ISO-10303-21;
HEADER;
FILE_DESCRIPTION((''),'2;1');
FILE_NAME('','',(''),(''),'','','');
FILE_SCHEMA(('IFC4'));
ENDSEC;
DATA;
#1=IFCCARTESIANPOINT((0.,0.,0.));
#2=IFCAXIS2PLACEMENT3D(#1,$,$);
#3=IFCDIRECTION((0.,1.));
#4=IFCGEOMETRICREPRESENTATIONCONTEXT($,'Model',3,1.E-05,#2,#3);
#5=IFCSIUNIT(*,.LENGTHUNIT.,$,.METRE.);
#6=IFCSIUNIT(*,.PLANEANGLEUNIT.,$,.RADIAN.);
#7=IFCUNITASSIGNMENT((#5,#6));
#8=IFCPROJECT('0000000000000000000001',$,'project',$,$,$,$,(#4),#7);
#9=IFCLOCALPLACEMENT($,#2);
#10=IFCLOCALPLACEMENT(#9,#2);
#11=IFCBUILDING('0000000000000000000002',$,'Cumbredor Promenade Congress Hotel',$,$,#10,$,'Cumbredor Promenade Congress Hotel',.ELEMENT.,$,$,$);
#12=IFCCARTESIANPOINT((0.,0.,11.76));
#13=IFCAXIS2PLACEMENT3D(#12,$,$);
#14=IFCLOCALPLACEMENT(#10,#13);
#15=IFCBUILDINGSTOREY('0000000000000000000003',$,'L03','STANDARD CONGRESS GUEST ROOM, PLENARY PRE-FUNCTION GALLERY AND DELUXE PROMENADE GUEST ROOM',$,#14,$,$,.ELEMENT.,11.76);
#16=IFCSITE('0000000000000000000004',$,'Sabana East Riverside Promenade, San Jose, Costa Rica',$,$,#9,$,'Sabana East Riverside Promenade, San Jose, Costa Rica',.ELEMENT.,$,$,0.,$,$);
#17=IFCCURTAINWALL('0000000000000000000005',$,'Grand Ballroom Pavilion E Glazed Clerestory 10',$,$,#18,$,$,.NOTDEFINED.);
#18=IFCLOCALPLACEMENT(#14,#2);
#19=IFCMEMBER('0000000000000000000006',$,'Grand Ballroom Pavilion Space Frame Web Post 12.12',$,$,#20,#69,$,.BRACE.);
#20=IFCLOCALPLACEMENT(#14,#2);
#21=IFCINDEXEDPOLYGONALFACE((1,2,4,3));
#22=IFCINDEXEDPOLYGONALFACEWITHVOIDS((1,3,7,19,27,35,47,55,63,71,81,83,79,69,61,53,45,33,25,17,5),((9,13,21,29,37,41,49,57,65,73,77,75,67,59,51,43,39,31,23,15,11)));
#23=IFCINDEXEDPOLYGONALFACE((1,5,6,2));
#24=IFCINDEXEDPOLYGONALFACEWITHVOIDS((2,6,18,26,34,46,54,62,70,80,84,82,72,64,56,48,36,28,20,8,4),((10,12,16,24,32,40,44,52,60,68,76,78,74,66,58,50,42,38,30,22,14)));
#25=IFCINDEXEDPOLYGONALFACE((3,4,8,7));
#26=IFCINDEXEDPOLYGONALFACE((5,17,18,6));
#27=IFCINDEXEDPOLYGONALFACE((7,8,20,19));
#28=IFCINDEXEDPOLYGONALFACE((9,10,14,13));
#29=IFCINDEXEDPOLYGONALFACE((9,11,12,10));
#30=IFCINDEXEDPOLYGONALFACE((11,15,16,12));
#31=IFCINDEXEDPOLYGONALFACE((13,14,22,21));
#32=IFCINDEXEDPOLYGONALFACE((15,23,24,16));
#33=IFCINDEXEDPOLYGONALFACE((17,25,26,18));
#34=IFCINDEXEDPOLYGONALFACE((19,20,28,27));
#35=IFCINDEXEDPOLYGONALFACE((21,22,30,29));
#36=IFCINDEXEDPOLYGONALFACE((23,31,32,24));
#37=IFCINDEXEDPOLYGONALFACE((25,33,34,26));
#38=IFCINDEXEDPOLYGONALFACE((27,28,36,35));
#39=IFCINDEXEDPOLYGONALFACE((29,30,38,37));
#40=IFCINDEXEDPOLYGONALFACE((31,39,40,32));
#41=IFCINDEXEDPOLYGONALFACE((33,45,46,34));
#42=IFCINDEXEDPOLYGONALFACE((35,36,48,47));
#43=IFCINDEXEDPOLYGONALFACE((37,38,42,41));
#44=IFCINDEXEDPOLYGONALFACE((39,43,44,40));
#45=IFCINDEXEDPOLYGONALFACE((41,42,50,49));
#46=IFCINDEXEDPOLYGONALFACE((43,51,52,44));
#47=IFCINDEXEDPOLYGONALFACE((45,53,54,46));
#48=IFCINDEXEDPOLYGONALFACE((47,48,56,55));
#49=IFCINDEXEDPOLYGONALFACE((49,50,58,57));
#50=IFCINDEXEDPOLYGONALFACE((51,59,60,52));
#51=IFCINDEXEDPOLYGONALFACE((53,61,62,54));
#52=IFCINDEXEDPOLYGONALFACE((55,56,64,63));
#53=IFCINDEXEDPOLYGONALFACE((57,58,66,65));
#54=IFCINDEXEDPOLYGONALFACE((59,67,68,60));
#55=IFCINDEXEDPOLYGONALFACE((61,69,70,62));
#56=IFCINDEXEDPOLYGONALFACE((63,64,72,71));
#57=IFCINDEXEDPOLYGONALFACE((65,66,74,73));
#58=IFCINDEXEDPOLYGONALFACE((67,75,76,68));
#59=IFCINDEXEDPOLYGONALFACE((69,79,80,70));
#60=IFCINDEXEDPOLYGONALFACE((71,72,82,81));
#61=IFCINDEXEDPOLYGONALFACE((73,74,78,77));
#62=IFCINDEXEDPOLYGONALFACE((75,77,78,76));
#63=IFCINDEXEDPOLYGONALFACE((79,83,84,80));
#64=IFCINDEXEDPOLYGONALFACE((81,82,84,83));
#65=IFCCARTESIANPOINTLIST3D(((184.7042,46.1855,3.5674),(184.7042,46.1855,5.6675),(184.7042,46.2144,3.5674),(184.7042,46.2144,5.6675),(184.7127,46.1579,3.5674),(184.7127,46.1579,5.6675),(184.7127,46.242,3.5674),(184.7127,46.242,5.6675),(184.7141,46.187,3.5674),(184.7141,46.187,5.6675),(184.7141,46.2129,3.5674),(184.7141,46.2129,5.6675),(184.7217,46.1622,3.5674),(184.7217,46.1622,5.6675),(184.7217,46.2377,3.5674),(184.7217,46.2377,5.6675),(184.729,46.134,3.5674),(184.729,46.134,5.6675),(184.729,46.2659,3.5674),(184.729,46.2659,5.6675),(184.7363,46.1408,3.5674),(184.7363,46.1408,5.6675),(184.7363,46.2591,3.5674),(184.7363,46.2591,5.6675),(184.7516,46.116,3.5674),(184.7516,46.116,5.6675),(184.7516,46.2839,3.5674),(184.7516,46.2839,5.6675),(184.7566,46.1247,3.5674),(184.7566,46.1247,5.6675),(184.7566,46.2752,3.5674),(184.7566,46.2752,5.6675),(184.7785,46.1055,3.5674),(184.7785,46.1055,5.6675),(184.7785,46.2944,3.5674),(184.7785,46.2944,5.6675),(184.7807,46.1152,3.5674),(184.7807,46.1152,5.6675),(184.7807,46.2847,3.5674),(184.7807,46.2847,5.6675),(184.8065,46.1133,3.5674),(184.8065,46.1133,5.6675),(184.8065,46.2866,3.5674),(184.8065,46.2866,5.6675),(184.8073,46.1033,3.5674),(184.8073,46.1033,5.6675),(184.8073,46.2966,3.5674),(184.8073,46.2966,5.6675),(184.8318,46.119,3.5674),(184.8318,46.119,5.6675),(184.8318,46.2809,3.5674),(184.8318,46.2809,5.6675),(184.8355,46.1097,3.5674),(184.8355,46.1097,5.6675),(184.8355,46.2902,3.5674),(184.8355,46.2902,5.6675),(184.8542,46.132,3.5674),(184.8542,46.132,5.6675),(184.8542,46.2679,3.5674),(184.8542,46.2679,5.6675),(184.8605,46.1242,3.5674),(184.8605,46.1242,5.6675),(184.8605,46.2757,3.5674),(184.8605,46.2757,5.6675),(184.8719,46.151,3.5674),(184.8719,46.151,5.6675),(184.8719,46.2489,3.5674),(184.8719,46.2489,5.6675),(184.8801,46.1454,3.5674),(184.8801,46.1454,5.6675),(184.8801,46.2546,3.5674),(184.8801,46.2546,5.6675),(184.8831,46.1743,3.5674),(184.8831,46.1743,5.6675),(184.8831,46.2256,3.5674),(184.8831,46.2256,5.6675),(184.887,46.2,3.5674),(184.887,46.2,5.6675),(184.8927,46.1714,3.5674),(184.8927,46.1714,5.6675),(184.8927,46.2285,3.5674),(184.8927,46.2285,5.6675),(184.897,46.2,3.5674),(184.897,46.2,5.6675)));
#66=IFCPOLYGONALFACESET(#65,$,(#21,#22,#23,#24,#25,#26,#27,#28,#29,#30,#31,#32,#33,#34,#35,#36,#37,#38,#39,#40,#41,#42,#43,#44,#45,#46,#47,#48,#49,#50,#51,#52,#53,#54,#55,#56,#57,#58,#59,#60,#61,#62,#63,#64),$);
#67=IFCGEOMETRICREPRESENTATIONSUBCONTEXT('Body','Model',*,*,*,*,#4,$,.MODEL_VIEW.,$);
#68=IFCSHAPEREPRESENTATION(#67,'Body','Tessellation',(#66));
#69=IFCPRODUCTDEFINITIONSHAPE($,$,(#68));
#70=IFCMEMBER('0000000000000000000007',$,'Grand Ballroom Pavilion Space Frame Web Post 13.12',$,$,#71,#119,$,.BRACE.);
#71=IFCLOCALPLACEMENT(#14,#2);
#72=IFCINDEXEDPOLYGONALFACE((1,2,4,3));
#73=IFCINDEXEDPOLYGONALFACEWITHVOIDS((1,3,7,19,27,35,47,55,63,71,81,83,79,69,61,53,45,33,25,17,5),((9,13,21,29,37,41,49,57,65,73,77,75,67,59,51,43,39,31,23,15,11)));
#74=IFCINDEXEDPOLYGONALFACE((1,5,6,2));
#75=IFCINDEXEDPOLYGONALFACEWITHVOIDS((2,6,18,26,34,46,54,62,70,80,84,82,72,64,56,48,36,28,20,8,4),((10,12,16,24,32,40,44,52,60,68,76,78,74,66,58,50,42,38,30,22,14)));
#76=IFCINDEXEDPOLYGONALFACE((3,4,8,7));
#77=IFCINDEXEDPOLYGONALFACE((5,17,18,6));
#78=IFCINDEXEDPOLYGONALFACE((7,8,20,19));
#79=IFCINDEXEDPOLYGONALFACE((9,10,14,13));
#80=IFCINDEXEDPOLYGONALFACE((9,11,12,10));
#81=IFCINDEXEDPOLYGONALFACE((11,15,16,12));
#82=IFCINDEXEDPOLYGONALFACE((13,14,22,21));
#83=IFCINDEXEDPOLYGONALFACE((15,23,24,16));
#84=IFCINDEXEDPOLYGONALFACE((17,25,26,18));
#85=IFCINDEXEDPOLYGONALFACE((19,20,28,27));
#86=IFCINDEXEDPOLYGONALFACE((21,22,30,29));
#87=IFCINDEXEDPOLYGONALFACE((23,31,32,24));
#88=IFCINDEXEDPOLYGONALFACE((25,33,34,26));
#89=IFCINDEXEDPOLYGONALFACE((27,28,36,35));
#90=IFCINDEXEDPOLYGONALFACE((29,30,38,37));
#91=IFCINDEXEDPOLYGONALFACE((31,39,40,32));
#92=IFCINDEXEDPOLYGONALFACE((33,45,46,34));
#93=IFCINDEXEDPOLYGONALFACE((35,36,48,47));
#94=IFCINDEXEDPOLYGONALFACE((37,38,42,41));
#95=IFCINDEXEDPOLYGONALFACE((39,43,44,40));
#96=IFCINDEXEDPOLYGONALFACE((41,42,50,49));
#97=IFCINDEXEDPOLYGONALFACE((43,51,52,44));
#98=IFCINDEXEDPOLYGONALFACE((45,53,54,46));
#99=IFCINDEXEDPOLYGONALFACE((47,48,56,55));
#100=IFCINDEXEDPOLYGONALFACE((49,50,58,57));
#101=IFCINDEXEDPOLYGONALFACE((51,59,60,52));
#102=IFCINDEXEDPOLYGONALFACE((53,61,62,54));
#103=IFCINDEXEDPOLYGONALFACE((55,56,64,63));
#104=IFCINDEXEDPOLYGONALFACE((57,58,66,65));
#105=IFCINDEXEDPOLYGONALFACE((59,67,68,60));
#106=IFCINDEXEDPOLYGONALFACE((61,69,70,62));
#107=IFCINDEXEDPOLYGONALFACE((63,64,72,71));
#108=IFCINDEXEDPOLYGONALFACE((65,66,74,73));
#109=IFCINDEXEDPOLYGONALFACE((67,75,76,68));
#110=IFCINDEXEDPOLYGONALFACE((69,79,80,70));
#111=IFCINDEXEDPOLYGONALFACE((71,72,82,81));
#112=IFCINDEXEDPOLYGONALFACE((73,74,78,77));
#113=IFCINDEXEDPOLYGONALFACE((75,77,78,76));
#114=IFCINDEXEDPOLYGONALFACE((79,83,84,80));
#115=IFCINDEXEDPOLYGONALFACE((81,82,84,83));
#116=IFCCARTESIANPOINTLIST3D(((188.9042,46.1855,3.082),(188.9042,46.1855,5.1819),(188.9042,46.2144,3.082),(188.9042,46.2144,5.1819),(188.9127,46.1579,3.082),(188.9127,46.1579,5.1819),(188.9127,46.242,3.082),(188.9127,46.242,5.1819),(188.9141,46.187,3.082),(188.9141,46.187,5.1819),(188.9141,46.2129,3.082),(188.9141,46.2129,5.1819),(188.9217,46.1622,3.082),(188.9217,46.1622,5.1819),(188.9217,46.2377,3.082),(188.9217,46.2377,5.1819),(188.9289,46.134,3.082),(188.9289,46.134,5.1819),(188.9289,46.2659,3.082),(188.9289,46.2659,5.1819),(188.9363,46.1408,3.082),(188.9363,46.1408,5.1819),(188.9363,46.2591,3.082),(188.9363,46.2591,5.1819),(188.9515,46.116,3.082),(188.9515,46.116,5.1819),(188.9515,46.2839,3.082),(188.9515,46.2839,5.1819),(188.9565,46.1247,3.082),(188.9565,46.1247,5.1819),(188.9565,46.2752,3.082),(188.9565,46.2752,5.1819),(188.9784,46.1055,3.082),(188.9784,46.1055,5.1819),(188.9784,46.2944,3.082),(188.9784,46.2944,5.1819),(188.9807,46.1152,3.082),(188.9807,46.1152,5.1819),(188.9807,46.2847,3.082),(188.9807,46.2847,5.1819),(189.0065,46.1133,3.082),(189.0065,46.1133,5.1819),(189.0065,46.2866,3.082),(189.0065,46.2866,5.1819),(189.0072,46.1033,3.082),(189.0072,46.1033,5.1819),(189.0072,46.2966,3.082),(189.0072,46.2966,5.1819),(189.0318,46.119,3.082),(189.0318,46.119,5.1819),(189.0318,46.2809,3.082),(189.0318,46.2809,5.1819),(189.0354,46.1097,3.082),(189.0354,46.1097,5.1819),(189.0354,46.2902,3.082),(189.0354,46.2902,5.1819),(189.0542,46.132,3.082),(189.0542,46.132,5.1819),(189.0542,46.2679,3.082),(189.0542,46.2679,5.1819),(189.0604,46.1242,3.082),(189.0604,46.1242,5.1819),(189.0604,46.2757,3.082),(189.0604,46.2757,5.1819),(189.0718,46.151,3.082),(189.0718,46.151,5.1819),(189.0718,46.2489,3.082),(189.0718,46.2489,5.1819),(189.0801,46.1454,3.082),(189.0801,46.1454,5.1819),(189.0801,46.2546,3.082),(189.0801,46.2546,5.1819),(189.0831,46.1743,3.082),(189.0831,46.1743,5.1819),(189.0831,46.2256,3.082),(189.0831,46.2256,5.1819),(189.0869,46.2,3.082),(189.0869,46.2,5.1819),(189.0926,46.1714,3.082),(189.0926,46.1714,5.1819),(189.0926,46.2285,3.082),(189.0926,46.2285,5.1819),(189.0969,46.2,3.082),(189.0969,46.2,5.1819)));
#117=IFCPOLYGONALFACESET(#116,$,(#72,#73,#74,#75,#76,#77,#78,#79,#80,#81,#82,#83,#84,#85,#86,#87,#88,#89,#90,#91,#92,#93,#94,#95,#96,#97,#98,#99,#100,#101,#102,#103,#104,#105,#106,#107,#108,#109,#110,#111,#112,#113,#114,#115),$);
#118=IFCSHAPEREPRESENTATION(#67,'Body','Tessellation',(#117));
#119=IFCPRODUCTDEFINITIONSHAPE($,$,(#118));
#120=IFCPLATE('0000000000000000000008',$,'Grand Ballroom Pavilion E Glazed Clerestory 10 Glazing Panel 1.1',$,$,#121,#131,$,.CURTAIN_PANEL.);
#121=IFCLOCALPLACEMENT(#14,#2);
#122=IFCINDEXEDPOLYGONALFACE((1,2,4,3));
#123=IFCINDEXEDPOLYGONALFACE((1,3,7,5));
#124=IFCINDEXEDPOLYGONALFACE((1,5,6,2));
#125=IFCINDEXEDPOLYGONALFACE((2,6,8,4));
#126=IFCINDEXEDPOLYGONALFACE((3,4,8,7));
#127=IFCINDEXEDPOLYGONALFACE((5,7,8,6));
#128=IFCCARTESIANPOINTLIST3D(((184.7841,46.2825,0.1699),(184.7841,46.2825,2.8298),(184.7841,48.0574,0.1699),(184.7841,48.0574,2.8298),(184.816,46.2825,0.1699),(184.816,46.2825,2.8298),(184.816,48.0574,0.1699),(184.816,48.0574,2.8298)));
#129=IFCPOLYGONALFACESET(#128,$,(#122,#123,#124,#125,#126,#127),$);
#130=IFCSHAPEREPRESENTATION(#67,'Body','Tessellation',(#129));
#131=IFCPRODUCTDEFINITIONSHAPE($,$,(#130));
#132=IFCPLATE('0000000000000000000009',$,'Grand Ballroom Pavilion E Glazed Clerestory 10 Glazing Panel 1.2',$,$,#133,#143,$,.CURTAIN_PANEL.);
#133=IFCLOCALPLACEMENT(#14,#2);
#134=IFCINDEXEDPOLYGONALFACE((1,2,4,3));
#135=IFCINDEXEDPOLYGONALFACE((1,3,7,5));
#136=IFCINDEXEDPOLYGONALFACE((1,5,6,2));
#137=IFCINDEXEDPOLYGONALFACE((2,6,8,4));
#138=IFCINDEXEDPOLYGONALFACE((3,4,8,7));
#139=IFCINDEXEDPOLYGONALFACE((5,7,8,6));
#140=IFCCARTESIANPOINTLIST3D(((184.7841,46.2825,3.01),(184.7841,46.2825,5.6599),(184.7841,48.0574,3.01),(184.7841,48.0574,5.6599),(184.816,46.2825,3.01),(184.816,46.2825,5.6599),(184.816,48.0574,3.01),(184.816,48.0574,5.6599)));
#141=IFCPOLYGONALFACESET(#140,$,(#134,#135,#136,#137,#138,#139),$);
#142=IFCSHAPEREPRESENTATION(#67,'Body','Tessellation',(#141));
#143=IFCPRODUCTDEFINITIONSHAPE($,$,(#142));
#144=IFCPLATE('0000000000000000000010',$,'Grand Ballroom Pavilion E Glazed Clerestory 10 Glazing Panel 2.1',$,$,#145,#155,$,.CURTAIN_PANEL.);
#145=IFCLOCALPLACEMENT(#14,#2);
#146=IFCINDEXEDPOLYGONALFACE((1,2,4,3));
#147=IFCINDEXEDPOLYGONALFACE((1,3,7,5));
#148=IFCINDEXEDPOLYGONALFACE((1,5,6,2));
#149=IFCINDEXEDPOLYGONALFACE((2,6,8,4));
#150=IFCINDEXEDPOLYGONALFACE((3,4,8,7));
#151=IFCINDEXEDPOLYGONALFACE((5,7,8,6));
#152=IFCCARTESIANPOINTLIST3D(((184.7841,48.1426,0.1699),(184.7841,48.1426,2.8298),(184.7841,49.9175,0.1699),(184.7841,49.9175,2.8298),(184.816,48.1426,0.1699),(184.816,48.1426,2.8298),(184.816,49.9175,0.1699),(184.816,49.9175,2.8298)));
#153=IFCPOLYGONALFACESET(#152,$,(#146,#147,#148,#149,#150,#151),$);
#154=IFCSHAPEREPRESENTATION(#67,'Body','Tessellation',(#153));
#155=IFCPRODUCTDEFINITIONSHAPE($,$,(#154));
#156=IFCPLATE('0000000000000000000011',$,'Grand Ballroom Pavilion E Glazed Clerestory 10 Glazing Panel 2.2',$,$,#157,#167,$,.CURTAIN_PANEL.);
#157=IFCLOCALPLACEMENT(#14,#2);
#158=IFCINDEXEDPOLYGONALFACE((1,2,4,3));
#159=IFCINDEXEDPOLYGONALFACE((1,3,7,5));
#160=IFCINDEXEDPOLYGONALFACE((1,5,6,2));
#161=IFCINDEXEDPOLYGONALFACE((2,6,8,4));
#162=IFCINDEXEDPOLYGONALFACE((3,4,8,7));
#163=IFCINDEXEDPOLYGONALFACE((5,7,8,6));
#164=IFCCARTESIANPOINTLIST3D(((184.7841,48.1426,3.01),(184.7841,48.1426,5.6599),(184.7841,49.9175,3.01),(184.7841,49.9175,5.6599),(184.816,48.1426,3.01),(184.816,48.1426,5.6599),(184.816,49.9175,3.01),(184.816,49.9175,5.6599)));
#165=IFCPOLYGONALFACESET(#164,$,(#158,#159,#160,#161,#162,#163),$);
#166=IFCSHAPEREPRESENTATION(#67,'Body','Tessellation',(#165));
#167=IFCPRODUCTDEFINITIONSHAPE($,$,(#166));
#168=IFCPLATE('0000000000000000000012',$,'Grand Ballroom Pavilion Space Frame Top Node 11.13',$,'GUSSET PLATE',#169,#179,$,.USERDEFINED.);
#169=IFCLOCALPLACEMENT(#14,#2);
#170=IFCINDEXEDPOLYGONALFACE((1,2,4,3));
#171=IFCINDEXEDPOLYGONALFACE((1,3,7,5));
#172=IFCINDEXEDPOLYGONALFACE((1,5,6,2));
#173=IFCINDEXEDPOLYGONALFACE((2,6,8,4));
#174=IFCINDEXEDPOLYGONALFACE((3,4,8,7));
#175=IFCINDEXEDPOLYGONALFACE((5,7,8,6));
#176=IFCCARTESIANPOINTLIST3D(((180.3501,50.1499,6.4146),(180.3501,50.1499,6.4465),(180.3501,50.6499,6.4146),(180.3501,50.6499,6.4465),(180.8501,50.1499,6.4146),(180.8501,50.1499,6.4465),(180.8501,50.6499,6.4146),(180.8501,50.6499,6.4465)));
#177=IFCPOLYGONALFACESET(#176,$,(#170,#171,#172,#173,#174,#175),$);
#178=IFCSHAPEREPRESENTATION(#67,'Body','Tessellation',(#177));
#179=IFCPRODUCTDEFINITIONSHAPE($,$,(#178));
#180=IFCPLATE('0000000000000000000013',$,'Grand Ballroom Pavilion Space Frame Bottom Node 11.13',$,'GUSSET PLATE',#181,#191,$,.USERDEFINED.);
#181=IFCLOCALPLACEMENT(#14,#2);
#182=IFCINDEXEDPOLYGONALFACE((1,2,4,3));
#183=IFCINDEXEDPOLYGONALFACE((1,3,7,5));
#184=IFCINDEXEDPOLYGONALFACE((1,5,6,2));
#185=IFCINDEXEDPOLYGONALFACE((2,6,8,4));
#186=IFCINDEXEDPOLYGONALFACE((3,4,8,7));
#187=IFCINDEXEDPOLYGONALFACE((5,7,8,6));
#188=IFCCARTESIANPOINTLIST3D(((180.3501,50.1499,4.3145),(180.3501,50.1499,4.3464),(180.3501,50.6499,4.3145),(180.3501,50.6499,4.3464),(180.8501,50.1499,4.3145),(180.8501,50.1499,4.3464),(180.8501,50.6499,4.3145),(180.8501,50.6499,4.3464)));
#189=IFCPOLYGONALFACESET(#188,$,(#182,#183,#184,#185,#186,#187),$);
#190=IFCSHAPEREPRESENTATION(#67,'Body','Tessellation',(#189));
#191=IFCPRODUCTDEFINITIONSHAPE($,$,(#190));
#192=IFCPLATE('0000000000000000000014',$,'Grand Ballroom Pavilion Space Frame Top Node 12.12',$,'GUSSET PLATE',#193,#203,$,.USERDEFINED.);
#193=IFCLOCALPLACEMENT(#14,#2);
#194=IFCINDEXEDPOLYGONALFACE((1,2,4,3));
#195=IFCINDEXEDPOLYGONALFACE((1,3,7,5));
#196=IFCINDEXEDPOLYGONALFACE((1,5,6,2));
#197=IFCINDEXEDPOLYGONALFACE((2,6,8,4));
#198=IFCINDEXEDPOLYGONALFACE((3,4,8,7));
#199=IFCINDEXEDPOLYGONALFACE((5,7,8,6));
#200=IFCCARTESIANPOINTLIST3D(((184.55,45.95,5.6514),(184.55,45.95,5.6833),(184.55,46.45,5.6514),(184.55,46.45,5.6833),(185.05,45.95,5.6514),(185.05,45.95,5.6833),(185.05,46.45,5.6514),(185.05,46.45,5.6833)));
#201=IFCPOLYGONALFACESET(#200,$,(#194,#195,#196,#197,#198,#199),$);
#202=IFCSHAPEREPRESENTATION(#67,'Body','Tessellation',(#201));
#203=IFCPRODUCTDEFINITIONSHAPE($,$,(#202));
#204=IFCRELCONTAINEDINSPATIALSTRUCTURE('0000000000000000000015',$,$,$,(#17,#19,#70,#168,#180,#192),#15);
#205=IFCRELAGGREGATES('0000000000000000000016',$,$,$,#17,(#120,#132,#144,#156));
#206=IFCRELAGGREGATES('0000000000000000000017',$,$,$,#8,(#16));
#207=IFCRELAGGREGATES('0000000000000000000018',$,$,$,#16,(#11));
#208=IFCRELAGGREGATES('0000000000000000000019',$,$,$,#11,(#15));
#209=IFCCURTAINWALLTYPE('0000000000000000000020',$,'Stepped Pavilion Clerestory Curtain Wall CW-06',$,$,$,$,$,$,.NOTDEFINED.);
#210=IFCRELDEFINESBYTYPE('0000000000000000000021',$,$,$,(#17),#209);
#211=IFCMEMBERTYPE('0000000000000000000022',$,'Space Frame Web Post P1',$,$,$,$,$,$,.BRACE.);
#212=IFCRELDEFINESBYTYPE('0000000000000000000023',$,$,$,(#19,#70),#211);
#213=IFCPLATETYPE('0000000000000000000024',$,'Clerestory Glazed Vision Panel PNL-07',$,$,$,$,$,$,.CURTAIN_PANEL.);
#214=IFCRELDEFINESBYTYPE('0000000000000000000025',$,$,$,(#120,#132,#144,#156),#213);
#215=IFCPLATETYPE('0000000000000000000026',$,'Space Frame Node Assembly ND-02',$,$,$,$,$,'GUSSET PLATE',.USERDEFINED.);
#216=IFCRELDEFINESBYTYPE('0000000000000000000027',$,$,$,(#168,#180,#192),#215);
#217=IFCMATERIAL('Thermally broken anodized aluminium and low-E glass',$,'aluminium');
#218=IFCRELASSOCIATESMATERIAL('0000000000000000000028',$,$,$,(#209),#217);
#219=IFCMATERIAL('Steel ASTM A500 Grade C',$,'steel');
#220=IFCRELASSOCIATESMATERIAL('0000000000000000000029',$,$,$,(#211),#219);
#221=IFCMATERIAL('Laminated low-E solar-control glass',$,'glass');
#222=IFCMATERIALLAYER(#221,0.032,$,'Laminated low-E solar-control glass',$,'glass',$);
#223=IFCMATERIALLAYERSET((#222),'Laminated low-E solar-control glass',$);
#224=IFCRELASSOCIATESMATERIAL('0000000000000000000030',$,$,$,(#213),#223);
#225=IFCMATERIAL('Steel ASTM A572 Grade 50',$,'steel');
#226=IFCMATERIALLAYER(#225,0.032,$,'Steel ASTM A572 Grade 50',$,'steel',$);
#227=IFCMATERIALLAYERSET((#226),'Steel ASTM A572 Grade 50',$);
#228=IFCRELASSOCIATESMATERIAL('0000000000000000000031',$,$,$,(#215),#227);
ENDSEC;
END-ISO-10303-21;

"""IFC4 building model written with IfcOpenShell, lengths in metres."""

from ifc_helpers import new_model, si_unit, direction, frame, origin, origin_2d, place, context, subcontext, project, spatial, rectangle, hollow_circle, extrude, material, layer, layer_set, material_profile, profile_set, type_object, element, aggregate, save


model = new_model("IFC4")

# Units and contexts
model_context = context("Model", 3, precision=1e-05, world=origin(), true_north=direction((0.0, 1.0)))
body_context = subcontext(model_context, "Body", "Model", "MODEL_VIEW")
ifc_project = project(units=[si_unit("LENGTHUNIT", "METRE"), si_unit("PLANEANGLEUNIT", "RADIAN")], contexts=[model_context])

# Site, building, storey
site_placement = place(None, origin())
site = spatial("IfcSite", under=ifc_project, at=site_placement, Name="Sabana East Riverside Promenade, San Jose, Costa Rica", LongName="Sabana East Riverside Promenade, San Jose, Costa Rica", CompositionType="ELEMENT", RefElevation=0.0)
building_placement = place(site_placement, origin())
building = spatial("IfcBuilding", under=site, at=building_placement, Name="Cumbredor Promenade Congress Hotel", LongName="Cumbredor Promenade Congress Hotel", CompositionType="ELEMENT")
storey_placement = place(building_placement, frame((0.0, 0.0, 11.76)))
storey = spatial("IfcBuildingStorey", under=building, at=storey_placement, Name="L03", Description="STANDARD CONGRESS GUEST ROOM, PLENARY PRE-FUNCTION GALLERY AND DELUXE PROMENADE GUEST ROOM", CompositionType="ELEMENT", Elevation=11.76)

# Shared definitions
ifc_material_1 = material(Name="Steel ASTM A500 Grade C", Category="steel")

# Curtain wall
ifc_material_2 = material(Name="Thermally broken anodized aluminium and low-E glass", Category="aluminium")
curtain_wall_type = type_object("IfcCurtainWallType", Name="Stepped Pavilion Clerestory Curtain Wall CW-06", PredefinedType="NOTDEFINED", material=ifc_material_2)
curtain_wall_placement = place(storey_placement, origin())
curtain_wall = element("IfcCurtainWall", 1, at=curtain_wall_placement, inside=storey, type_object=curtain_wall_type, Name="Grand Ballroom Pavilion E Glazed Clerestory 10", PredefinedType="NOTDEFINED")

# Members
ifc_material_profile_1 = material_profile(ifc_material_1, hollow_circle(Radius=0.0969, WallThickness=0.01, at=origin_2d()), Name="CHS 193.7x10")
ifc_profile_set_1 = profile_set([ifc_material_profile_1], Name="Steel ASTM A500 Grade C")
member_type_1 = type_object("IfcMemberType", Name="Space Frame Web Post P1", PredefinedType="BRACE", material=ifc_profile_set_1)
for number, where, z_axis, x_axis, name in (
    (2, (184.8, 46.2, 3.5674), (0.0, 0.0, 1.0), (1.0, 0.0, 0.0), "Grand Ballroom Pavilion Space Frame Web Post 12.12"),
):
    element("IfcMember", number, at=place(storey_placement, frame(where, z_axis=z_axis, x_axis=x_axis)), inside=storey, type_object=member_type_1, Name=name, PredefinedType="BRACE", context=body_context, shape_type="SweptSolid", body=[
        extrude(hollow_circle(Radius=0.0969, WallThickness=0.01, at=origin_2d()), origin(), (0.0, 0.0, 1.0), 2.1001),
    ])
member_1_placement = place(storey_placement, frame((189.0, 46.2, 3.082), z_axis=(0.0, 0.0, 1.0), x_axis=(1.0, 0.0, 0.0)))
element("IfcMember", 3, at=member_1_placement, inside=storey, type_object=member_type_1, Name="Grand Ballroom Pavilion Space Frame Web Post 13.12", PredefinedType="BRACE", context=body_context, shape_type="SweptSolid", body=[
    extrude(hollow_circle(Radius=0.0969, WallThickness=0.01, at=origin_2d()), origin(), (0.0, 0.0, 1.0), 2.0999),
])

# Plates
ifc_material_3 = material(Name="Laminated low-E solar-control glass", Category="glass")
ifc_layer_1 = layer(ifc_material_3, 0.032, Name="Laminated low-E solar-control glass", Category="glass")
ifc_layer_set_1 = layer_set([ifc_layer_1], Name="Laminated low-E solar-control glass")
plate_type_1 = type_object("IfcPlateType", Name="Clerestory Glazed Vision Panel PNL-07", PredefinedType="CURTAIN_PANEL", material=ifc_layer_set_1)
plate_1_placement = place(storey_placement, frame((184.8, 47.1699, 0.1699), z_axis=(0.0, 0.0, 1.0), x_axis=(0.0, 1.0, 0.0)))
plate_1 = element("IfcPlate", 4, at=plate_1_placement, type_object=plate_type_1, Name="Grand Ballroom Pavilion E Glazed Clerestory 10 Glazing Panel 1.1", PredefinedType="CURTAIN_PANEL", context=body_context, shape_type="SweptSolid", body=[
    extrude(rectangle(XDim=1.7749, YDim=0.032, at=origin_2d()), origin(), (0.0, 0.0, 1.0), 2.6599),
])
plate_2_placement = place(storey_placement, frame((184.8, 47.1699, 3.01), z_axis=(0.0, 0.0, 1.0), x_axis=(0.0, 1.0, 0.0)))
plate_2 = element("IfcPlate", 5, at=plate_2_placement, type_object=plate_type_1, Name="Grand Ballroom Pavilion E Glazed Clerestory 10 Glazing Panel 1.2", PredefinedType="CURTAIN_PANEL", context=body_context, shape_type="SweptSolid", body=[
    extrude(rectangle(XDim=1.7749, YDim=0.032, at=origin_2d()), origin(), (0.0, 0.0, 1.0), 2.6499),
])
plate_3_placement = place(storey_placement, frame((184.8, 49.03, 0.1699), z_axis=(0.0, 0.0, 1.0), x_axis=(0.0, 1.0, 0.0)))
plate_3 = element("IfcPlate", 6, at=plate_3_placement, type_object=plate_type_1, Name="Grand Ballroom Pavilion E Glazed Clerestory 10 Glazing Panel 2.1", PredefinedType="CURTAIN_PANEL", context=body_context, shape_type="SweptSolid", body=[
    extrude(rectangle(XDim=1.7749, YDim=0.032, at=origin_2d()), origin(), (0.0, 0.0, 1.0), 2.6599),
])
plate_4_placement = place(storey_placement, frame((184.8, 49.03, 3.01), z_axis=(0.0, 0.0, 1.0), x_axis=(0.0, 1.0, 0.0)))
plate_4 = element("IfcPlate", 7, at=plate_4_placement, type_object=plate_type_1, Name="Grand Ballroom Pavilion E Glazed Clerestory 10 Glazing Panel 2.2", PredefinedType="CURTAIN_PANEL", context=body_context, shape_type="SweptSolid", body=[
    extrude(rectangle(XDim=1.7749, YDim=0.032, at=origin_2d()), origin(), (0.0, 0.0, 1.0), 2.6499),
])
aggregate(curtain_wall, [plate_1, plate_2, plate_3, plate_4])

# Plates
ifc_material_4 = material(Name="Steel ASTM A572 Grade 50", Category="steel")
ifc_layer_2 = layer(ifc_material_4, 0.032, Name="Steel ASTM A572 Grade 50", Category="steel")
ifc_layer_set_2 = layer_set([ifc_layer_2], Name="Steel ASTM A572 Grade 50")
plate_type_2 = type_object("IfcPlateType", Name="Space Frame Node Assembly ND-02", ElementType="GUSSET PLATE", PredefinedType="USERDEFINED", material=ifc_layer_set_2)
for number, where, z_axis, x_axis, name in (
    (8, (180.6001, 50.3999, 6.4146), (0.0, 0.0, 1.0), (1.0, 0.0, 0.0), "Grand Ballroom Pavilion Space Frame Top Node 11.13"),
    (9, (180.6001, 50.3999, 4.3145), (0.0, 0.0, 1.0), (1.0, 0.0, 0.0), "Grand Ballroom Pavilion Space Frame Bottom Node 11.13"),
    (10, (184.8, 46.2, 5.6514), (0.0, 0.0, 1.0), (1.0, 0.0, 0.0), "Grand Ballroom Pavilion Space Frame Top Node 12.12"),
):
    element("IfcPlate", number, at=place(storey_placement, frame(where, z_axis=z_axis, x_axis=x_axis)), inside=storey, type_object=plate_type_2, Name=name, ObjectType="GUSSET PLATE", PredefinedType="USERDEFINED", context=body_context, shape_type="SweptSolid", body=[
        extrude(rectangle(XDim=0.5, YDim=0.5, at=origin_2d()), origin(), (0.0, 0.0, 1.0), 0.032),
    ])

save(model, "model.ifc")
